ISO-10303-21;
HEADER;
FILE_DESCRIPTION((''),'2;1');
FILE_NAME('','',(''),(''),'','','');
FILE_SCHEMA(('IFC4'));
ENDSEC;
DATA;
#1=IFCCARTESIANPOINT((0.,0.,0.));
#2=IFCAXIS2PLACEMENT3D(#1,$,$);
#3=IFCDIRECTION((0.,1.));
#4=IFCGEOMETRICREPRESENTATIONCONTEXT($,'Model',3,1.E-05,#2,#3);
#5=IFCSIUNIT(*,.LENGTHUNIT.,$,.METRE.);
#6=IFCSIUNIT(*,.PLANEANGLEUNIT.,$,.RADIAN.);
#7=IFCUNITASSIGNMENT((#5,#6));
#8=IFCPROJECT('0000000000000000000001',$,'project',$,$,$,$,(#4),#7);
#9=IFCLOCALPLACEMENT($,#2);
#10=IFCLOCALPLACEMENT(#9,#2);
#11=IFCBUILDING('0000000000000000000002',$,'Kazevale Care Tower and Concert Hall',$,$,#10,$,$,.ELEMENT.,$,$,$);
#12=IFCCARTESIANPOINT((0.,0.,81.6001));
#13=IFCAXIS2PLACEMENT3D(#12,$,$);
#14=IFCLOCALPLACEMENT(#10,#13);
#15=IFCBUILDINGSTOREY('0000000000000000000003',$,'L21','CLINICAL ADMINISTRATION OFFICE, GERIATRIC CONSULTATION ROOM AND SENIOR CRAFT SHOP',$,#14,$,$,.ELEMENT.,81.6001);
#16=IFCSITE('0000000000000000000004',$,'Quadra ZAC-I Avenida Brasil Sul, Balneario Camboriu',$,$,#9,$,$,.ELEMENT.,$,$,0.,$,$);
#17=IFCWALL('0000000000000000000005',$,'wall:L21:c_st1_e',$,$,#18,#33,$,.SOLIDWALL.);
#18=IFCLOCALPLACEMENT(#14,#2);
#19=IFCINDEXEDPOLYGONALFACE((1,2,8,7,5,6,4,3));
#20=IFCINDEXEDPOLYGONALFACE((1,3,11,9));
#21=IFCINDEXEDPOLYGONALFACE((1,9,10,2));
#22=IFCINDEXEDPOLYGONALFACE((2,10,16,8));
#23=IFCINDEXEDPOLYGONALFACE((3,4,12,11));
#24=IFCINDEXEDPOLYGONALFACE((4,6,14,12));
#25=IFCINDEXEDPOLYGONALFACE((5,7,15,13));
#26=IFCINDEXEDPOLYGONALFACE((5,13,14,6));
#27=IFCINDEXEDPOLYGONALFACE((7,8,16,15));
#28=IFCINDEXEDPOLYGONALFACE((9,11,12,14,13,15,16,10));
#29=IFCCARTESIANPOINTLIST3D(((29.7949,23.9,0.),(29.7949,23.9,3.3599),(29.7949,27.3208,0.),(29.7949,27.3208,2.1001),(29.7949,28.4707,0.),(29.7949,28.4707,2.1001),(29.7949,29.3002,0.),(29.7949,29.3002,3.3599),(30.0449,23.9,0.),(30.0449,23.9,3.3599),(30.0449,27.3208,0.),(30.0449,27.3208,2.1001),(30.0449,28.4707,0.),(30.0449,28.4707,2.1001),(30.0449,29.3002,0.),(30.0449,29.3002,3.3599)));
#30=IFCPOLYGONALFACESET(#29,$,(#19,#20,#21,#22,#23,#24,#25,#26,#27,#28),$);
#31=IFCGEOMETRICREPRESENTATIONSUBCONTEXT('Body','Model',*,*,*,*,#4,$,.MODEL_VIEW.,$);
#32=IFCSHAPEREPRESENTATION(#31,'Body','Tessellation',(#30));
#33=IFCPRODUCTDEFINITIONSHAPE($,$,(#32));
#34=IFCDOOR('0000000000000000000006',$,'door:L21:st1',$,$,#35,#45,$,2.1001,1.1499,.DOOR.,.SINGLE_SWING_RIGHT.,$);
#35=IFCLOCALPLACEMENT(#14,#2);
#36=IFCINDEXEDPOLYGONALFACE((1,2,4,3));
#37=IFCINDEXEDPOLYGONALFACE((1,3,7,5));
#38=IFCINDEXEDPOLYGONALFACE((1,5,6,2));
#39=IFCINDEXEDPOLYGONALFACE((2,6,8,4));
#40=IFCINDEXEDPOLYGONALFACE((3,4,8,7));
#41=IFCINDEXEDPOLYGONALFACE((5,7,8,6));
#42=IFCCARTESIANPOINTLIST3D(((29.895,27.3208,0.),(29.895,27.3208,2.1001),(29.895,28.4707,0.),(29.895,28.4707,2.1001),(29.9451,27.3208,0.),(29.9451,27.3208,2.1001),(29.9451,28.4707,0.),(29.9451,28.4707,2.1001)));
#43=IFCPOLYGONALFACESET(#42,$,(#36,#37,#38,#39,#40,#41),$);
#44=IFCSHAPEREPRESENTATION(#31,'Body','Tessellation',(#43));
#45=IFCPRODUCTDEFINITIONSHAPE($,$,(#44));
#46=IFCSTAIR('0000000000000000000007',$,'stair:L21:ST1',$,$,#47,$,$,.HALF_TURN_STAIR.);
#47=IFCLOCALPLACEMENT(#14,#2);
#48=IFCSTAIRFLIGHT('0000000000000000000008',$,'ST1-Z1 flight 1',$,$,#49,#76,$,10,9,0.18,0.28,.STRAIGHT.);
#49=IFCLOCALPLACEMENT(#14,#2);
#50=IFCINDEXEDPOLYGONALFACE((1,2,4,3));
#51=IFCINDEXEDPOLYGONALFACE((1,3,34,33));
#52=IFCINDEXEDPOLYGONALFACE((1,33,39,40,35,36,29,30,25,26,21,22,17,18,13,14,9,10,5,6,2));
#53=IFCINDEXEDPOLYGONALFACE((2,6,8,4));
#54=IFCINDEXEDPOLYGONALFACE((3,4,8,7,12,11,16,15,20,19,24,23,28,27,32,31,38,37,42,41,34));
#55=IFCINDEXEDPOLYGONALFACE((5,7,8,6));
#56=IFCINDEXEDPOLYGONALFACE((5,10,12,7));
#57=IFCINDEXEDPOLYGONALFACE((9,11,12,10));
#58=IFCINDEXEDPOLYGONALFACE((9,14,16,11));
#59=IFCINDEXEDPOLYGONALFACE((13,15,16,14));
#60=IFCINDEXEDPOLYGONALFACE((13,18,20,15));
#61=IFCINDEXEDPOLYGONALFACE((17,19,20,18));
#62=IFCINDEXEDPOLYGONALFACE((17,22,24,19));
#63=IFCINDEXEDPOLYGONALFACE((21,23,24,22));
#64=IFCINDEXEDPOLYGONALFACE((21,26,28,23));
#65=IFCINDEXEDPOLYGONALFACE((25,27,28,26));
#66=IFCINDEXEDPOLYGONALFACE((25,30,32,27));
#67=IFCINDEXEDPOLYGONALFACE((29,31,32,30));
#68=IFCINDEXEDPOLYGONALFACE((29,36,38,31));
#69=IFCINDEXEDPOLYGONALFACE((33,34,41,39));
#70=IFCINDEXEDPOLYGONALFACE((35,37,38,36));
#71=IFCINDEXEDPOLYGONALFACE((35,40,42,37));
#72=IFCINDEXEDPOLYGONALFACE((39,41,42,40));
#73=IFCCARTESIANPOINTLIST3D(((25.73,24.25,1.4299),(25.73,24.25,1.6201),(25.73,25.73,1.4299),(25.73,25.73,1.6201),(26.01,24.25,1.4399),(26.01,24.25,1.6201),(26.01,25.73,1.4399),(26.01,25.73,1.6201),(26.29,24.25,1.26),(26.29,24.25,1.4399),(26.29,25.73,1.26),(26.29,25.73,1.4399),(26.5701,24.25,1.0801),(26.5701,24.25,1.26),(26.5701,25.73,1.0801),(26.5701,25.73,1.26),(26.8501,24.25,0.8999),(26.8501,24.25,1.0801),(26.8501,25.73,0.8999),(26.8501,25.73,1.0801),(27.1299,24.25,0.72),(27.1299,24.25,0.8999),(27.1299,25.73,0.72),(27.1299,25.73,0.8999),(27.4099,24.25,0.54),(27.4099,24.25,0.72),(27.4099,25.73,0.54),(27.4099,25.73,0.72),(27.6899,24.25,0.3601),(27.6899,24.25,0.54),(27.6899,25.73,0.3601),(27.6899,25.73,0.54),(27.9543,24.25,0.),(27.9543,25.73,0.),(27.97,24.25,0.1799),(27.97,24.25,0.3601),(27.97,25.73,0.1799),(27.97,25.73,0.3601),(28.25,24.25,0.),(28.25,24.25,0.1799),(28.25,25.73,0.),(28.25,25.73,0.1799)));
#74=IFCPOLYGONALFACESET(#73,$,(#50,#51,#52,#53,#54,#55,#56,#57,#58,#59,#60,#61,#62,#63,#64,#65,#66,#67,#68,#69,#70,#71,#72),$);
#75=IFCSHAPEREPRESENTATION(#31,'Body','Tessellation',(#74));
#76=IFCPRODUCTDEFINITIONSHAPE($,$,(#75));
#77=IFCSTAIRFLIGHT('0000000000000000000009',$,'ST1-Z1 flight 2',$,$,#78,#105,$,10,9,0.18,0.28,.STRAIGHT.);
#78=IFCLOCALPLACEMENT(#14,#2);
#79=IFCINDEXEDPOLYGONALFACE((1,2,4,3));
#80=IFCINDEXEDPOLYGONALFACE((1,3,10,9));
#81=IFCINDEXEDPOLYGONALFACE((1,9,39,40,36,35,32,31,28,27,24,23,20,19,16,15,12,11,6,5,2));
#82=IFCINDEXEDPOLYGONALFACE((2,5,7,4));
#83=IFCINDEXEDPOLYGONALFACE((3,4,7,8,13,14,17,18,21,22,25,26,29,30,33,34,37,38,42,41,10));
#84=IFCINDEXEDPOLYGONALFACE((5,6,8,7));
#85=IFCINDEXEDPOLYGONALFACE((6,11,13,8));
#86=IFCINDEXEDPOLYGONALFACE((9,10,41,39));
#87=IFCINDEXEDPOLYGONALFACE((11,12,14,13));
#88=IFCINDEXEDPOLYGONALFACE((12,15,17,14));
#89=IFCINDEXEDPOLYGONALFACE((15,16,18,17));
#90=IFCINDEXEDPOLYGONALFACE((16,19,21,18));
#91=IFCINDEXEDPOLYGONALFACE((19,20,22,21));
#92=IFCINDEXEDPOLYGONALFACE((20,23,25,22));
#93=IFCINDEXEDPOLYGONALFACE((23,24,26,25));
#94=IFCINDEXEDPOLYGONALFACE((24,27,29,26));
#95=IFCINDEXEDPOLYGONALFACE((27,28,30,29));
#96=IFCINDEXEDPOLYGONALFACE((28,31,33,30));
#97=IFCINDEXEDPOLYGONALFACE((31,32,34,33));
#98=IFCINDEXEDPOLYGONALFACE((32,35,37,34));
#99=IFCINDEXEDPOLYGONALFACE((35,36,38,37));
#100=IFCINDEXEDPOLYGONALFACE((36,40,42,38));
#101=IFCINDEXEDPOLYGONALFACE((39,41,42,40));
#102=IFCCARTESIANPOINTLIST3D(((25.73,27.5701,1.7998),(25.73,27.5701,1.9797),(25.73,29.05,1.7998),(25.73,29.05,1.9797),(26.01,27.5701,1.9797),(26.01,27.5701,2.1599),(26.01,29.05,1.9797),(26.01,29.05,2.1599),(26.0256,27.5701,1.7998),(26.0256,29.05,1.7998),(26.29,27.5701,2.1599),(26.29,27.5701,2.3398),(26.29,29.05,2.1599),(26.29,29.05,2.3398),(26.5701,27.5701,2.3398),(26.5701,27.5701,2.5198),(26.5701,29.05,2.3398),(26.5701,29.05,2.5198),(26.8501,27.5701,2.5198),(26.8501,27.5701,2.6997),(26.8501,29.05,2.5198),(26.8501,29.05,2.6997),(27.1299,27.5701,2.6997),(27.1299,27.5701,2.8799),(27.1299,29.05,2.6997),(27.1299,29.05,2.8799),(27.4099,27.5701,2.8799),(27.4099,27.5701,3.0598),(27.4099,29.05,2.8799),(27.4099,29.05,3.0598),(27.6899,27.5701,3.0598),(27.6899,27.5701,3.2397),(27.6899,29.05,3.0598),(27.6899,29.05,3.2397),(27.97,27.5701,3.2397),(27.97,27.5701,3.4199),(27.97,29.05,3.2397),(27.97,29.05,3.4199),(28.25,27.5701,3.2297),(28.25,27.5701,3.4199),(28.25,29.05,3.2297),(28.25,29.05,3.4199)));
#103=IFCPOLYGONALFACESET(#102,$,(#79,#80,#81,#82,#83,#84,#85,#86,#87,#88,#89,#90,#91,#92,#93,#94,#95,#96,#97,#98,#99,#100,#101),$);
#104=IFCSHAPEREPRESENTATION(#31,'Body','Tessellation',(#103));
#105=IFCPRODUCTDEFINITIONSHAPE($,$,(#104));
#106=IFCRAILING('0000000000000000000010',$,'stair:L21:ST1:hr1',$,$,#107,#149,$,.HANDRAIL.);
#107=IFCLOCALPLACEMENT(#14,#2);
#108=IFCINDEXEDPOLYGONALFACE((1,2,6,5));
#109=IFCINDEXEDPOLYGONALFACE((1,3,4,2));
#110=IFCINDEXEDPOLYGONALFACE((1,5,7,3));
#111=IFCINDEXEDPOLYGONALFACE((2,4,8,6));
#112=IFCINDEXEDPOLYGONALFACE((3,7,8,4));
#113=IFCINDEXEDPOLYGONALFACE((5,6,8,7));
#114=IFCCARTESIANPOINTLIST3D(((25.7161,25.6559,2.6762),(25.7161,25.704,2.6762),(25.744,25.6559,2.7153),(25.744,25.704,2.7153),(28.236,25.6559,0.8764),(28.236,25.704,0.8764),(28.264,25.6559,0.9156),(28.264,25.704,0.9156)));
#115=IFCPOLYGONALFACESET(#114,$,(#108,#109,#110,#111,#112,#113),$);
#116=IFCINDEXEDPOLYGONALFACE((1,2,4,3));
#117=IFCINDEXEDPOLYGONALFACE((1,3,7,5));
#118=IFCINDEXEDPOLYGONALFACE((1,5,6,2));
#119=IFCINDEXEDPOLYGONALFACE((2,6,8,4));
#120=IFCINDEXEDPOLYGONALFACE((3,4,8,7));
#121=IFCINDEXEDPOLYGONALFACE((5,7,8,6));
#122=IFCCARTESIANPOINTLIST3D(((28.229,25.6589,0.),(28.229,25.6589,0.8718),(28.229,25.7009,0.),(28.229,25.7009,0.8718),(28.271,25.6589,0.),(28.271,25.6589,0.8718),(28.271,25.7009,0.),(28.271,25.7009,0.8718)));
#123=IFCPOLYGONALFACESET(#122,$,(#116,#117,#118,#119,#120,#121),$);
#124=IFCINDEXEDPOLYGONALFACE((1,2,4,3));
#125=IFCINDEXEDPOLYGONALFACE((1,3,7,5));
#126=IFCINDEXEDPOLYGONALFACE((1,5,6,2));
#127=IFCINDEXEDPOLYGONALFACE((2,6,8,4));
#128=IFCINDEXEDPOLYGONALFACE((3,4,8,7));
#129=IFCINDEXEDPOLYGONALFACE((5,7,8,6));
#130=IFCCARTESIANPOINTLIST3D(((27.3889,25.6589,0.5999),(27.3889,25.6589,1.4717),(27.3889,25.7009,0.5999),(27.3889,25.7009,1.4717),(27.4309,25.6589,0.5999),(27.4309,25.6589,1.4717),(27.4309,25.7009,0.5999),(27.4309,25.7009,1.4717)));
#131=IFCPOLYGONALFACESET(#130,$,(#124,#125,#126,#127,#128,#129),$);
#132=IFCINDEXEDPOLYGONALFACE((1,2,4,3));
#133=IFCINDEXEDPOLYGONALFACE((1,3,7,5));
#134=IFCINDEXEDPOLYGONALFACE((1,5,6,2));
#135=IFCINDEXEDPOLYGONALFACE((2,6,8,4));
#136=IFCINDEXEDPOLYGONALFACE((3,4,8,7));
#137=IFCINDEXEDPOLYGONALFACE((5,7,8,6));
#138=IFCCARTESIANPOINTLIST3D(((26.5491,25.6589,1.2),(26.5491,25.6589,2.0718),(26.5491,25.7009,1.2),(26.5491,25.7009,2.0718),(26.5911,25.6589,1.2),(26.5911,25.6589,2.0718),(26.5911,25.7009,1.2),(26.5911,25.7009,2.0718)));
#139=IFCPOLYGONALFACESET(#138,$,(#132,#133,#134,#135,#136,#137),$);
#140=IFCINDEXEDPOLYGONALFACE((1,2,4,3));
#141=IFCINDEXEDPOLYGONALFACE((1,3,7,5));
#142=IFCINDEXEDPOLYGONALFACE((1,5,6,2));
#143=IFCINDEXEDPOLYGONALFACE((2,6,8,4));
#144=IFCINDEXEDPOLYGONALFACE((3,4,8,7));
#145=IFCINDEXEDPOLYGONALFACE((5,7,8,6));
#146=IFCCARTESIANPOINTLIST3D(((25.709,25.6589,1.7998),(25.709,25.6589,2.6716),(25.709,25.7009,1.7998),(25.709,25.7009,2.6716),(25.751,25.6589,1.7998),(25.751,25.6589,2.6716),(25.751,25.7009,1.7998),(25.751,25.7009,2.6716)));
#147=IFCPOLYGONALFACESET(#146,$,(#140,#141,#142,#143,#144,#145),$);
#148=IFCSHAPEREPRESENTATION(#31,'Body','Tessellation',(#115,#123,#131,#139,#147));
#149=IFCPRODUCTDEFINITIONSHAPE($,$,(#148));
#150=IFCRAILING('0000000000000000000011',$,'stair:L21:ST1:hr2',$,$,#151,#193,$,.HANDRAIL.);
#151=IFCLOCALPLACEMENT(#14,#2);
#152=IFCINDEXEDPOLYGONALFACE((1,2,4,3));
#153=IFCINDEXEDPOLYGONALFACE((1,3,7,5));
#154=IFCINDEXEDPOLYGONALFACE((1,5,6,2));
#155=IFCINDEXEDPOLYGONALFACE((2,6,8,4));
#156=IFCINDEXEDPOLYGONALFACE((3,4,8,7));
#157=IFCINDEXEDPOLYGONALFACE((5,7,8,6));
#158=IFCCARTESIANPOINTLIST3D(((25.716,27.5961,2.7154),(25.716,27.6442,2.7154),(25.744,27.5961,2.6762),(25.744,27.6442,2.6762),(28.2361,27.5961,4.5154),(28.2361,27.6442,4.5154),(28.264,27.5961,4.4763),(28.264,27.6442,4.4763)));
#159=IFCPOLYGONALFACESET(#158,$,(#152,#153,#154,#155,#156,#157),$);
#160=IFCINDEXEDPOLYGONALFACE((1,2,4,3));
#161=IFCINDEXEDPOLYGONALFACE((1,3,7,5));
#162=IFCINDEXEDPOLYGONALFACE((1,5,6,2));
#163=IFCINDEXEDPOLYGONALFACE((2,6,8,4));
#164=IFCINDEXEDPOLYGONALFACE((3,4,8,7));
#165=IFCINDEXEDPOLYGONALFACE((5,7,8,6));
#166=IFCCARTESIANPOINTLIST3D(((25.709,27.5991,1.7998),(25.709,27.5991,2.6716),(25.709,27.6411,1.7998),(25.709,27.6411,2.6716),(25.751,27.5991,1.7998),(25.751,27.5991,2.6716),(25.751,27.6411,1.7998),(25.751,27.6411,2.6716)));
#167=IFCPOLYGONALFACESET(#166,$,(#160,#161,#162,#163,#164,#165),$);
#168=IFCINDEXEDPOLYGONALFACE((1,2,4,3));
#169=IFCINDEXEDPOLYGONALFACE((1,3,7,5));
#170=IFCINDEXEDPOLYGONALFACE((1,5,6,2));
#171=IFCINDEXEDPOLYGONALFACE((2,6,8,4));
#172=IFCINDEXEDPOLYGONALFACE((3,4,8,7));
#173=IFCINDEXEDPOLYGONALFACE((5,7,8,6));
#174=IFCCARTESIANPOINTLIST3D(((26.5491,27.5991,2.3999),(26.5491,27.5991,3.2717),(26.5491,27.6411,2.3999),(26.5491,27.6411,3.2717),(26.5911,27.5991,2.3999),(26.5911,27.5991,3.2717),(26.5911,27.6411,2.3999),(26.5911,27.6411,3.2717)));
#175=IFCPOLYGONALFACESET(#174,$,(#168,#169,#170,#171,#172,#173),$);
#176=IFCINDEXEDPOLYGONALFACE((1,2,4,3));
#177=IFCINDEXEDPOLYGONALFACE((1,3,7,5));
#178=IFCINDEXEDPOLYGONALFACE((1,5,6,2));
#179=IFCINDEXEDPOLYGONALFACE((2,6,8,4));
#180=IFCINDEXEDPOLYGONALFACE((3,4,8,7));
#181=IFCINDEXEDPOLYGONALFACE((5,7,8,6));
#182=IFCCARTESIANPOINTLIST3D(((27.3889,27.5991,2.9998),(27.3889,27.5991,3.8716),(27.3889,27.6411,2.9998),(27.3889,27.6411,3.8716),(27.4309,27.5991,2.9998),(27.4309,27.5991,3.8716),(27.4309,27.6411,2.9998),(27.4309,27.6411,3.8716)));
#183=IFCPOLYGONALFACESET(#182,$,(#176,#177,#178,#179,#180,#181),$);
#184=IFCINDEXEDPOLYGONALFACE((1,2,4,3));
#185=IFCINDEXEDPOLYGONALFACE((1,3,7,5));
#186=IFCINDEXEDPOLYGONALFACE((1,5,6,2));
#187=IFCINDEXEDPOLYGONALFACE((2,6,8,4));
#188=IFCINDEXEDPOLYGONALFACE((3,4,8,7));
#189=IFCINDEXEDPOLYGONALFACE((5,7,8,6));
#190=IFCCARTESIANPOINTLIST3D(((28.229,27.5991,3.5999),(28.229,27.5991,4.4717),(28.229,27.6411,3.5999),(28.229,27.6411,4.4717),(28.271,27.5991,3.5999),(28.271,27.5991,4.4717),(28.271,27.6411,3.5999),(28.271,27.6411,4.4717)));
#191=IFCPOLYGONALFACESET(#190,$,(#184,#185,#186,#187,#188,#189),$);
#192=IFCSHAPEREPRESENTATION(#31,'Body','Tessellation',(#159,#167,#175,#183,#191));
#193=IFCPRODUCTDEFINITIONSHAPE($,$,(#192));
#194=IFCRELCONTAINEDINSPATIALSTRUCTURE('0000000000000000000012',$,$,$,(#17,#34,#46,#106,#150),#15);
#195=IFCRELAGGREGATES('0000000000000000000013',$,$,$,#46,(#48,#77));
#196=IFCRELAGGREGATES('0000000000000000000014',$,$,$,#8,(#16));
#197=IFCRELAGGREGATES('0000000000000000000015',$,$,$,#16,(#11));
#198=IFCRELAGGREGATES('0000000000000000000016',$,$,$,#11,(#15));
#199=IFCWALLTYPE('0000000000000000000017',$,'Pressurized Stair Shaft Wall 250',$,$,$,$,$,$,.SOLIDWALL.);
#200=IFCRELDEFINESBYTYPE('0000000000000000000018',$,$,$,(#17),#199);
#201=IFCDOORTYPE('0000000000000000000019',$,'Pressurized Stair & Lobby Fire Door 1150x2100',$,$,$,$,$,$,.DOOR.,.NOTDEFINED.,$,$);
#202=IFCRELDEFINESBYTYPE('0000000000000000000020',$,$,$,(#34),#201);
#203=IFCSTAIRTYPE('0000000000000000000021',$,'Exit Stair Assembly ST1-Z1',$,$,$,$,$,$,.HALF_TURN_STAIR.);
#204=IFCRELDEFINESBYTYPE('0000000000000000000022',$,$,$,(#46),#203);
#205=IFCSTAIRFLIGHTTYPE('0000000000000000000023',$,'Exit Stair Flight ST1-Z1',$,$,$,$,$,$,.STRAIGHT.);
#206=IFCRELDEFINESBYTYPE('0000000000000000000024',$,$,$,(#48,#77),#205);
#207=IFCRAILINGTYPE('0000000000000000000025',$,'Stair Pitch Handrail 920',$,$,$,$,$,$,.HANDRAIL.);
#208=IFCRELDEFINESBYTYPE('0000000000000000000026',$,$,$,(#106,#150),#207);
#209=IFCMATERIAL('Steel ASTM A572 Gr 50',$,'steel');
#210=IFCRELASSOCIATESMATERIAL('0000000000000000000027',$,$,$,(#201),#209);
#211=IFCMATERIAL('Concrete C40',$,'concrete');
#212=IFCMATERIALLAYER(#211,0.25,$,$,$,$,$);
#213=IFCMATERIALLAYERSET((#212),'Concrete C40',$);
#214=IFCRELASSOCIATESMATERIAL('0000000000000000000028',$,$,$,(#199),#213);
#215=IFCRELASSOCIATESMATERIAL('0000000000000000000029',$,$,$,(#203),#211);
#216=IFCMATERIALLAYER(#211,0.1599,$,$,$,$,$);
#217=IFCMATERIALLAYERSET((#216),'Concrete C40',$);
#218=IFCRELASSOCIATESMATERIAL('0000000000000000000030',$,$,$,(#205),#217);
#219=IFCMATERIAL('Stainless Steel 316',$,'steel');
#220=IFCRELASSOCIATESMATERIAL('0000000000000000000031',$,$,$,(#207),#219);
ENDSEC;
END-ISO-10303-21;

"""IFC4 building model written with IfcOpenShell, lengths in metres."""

from ifc_helpers import new_model, si_unit, direction, frame, frame_2d, origin, origin_2d, place, context, subcontext, project, spatial, polyline, rectangle, outline, extrude, material, layer, layer_set, type_object, element, fill, aggregate, save


model = new_model("IFC4")

# Units and contexts
model_context = context("Model", 3, precision=1e-05, world=origin(), true_north=direction((0.0, 1.0)))
body_context = subcontext(model_context, "Body", "Model", "MODEL_VIEW")
ifc_project = project(units=[si_unit("LENGTHUNIT", "METRE"), si_unit("PLANEANGLEUNIT", "RADIAN")], contexts=[model_context])

# Site, building, storey
site_placement = place(None, origin())
site = spatial("IfcSite", under=ifc_project, at=site_placement, Name="Quadra ZAC-I Avenida Brasil Sul, Balneario Camboriu", CompositionType="ELEMENT", RefElevation=0.0)
building_placement = place(site_placement, origin())
building = spatial("IfcBuilding", under=site, at=building_placement, Name="Kazevale Care Tower and Concert Hall", CompositionType="ELEMENT")
storey_placement = place(building_placement, frame((0.0, 0.0, 81.6001)))
storey = spatial("IfcBuildingStorey", under=building, at=storey_placement, Name="L21", Description="CLINICAL ADMINISTRATION OFFICE, GERIATRIC CONSULTATION ROOM AND SENIOR CRAFT SHOP", CompositionType="ELEMENT", Elevation=81.6001)

# Shared definitions
ifc_material_1 = material(Name="Steel ASTM A572 Gr 50", Category="steel")
door_type_1 = type_object("IfcDoorType", Name="Pressurized Stair & Lobby Fire Door 1150x2100", OperationType="NOTDEFINED", PredefinedType="DOOR", material=ifc_material_1)

# Shared definitions
ifc_material_2 = material(Name="Concrete C40", Category="concrete")
ifc_material_3 = material(Name="Stainless Steel 316", Category="steel")

# Wall, opening, door
ifc_layer_1 = layer(ifc_material_2, 0.25)
ifc_layer_set_1 = layer_set([ifc_layer_1], Name="Concrete C40")
wall_type_1 = type_object("IfcWallType", Name="Pressurized Stair Shaft Wall 250", PredefinedType="SOLIDWALL", material=ifc_layer_set_1)
wall_1_placement = place(storey_placement, frame((29.9199, 23.8999, 0.0), z_axis=(0.0, 0.0, 1.0), x_axis=(0.0, 1.0, 0.0)))
wall_1 = element("IfcWall", 1, at=wall_1_placement, inside=storey, type_object=wall_type_1, Name="wall:L21:c_st1_e", PredefinedType="SOLIDWALL", context=body_context, shape_type="SweptSolid", body=[
    extrude(rectangle(XDim=5.4001, YDim=0.25, at=frame_2d((2.7002, 0.0))), origin(), (0.0, 0.0, 1.0), 3.3599),
])
opening_1_placement = place(wall_1_placement, frame((3.4209, 0.0, 0.0)))
opening_1 = element("IfcOpeningElement", 2, at=opening_1_placement, cuts=wall_1, PredefinedType="OPENING", context=body_context, shape_type="SweptSolid", body=[
    extrude(rectangle(XDim=1.1499, YDim=2.1001, at=frame_2d((0.575, 1.05))), frame((0.0, 0.135, 0.0), z_axis=(0.0, -1.0, 0.0), x_axis=(1.0, 0.0, 0.0)), (0.0, 0.0, 1.0), 0.27),
])
door_1_placement = place(opening_1_placement, origin())
door_1 = element("IfcDoor", 3, at=door_1_placement, inside=storey, type_object=door_type_1, Name="door:L21:st1", OperationType="SINGLE_SWING_RIGHT", OverallHeight=2.1001, OverallWidth=1.1499, PredefinedType="DOOR", context=body_context, shape_type="SweptSolid", body=[
    extrude(rectangle(XDim=1.1499, YDim=2.1001, at=frame_2d((0.575, 1.05))), frame((0.0, 0.0249, 0.0), z_axis=(0.0, -1.0, 0.0), x_axis=(1.0, 0.0, 0.0)), (0.0, 0.0, 1.0), 0.05),
])
fill(opening_1, door_1)

# Stair, stair flights
stair_type = type_object("IfcStairType", Name="Exit Stair Assembly ST1-Z1", PredefinedType="HALF_TURN_STAIR", material=ifc_material_2)
stair_placement = place(storey_placement, origin())
stair = element("IfcStair", 4, at=stair_placement, inside=storey, type_object=stair_type, Name="stair:L21:ST1", PredefinedType="HALF_TURN_STAIR")
ifc_layer_2 = layer(ifc_material_2, 0.1599)
ifc_layer_set_2 = layer_set([ifc_layer_2], Name="Concrete C40")
stair_flight_type = type_object("IfcStairFlightType", Name="Exit Stair Flight ST1-Z1", PredefinedType="STRAIGHT", material=ifc_layer_set_2)
stair_flight_1_placement = place(storey_placement, frame((28.25, 24.99, 0.0), z_axis=(0.0, 0.0, 1.0), x_axis=(-1.0, 0.0, 0.0)))
stair_flight_1 = element("IfcStairFlight", 5, at=stair_flight_1_placement, type_object=stair_flight_type, Name="ST1-Z1 flight 1", NumberOfRisers=10, NumberOfTreads=9, PredefinedType="STRAIGHT", RiserHeight=0.18, TreadLength=0.28, context=body_context, shape_type="SweptSolid", body=[
    extrude(outline(polyline([(0.0, 0.0), (0.0, 0.1799), (0.28, 0.1799), (0.28, 0.3601), (0.5601, 0.3601), (0.5601, 0.54), (0.8401, 0.54), (0.8401, 0.72), (1.1201, 0.72), (1.1201, 0.8999), (1.3999, 0.8999), (1.3999, 1.0801), (1.6799, 1.0801), (1.6799, 1.26), (1.96, 1.26), (1.96, 1.4399), (2.24, 1.4399), (2.24, 1.6201), (2.52, 1.6201), (2.52, 1.8), (2.52, 1.4299), (0.2957, 0.0), (0.0, 0.0)])), frame((0.0, 0.74, 0.0), z_axis=(0.0, -1.0, 0.0), x_axis=(1.0, 0.0, 0.0)), (0.0, 0.0, 1.0), 1.48),
])
stair_flight_2_placement = place(storey_placement, frame((25.73, 28.3101, 1.7998), z_axis=(0.0, 0.0, 1.0), x_axis=(1.0, 0.0, 0.0)))
stair_flight_2 = element("IfcStairFlight", 6, at=stair_flight_2_placement, type_object=stair_flight_type, Name="ST1-Z1 flight 2", NumberOfRisers=10, NumberOfTreads=9, PredefinedType="STRAIGHT", RiserHeight=0.18, TreadLength=0.28, context=body_context, shape_type="SweptSolid", body=[
    extrude(outline(polyline([(0.0, 0.0), (0.0, 0.1799), (0.28, 0.1799), (0.28, 0.3601), (0.5601, 0.3601), (0.5601, 0.54), (0.8401, 0.54), (0.8401, 0.72), (1.1201, 0.72), (1.1201, 0.8999), (1.3999, 0.8999), (1.3999, 1.0801), (1.6799, 1.0801), (1.6799, 1.26), (1.96, 1.26), (1.96, 1.4399), (2.24, 1.4399), (2.24, 1.6201), (2.52, 1.6201), (2.52, 1.8), (2.52, 1.4299), (0.2957, 0.0), (0.0, 0.0)])), frame((0.0, 0.74, 0.0), z_axis=(0.0, -1.0, 0.0), x_axis=(1.0, 0.0, 0.0)), (0.0, 0.0, 1.0), 1.48),
])
aggregate(stair, [stair_flight_1, stair_flight_2])

# Railings
railing_type_1 = type_object("IfcRailingType", Name="Stair Pitch Handrail 920", PredefinedType="HANDRAIL", material=ifc_material_3)
railing_1_placement = place(storey_placement, frame((28.25, 25.6799, 0.0)))
element("IfcRailing", 7, at=railing_1_placement, inside=storey, type_object=railing_type_1, Name="stair:L21:ST1:hr1", PredefinedType="HANDRAIL", context=body_context, shape_type="SweptSolid", body=[
    extrude(rectangle(XDim=0.0481, YDim=0.0481, at=origin_2d()), frame((0.0, 0.0, 0.896), z_axis=(-0.813765, 0.0, 0.581193), x_axis=(0.0, -1.0, 0.0)), (0.0, 0.0, 1.0), 3.0967),
    extrude(rectangle(XDim=0.042, YDim=0.042, at=origin_2d()), origin(), (0.0, 0.0, 1.0), 0.8718),
    extrude(rectangle(XDim=0.042, YDim=0.042, at=origin_2d()), frame((-0.8401, 0.0, 0.5999)), (0.0, 0.0, 1.0), 0.8718),
    extrude(rectangle(XDim=0.042, YDim=0.042, at=origin_2d()), frame((-1.6799, 0.0, 1.2)), (0.0, 0.0, 1.0), 0.8718),
    extrude(rectangle(XDim=0.042, YDim=0.042, at=origin_2d()), frame((-2.52, 0.0, 1.7998)), (0.0, 0.0, 1.0), 0.8718),
])
railing_2_placement = place(storey_placement, frame((25.73, 27.6201, 1.7998)))
element("IfcRailing", 8, at=railing_2_placement, inside=storey, type_object=railing_type_1, Name="stair:L21:ST1:hr2", PredefinedType="HANDRAIL", context=body_context, shape_type="SweptSolid", body=[
    extrude(rectangle(XDim=0.0481, YDim=0.0481, at=origin_2d()), frame((0.0, 0.0, 0.896), z_axis=(0.813728, 0.0, 0.581246), x_axis=(0.0, 1.0, 0.0)), (0.0, 0.0, 1.0), 3.0969),
    extrude(rectangle(XDim=0.042, YDim=0.042, at=origin_2d()), origin(), (0.0, 0.0, 1.0), 0.8718),
    extrude(rectangle(XDim=0.042, YDim=0.042, at=origin_2d()), frame((0.8401, 0.0, 0.6001)), (0.0, 0.0, 1.0), 0.8718),
    extrude(rectangle(XDim=0.042, YDim=0.042, at=origin_2d()), frame((1.6799, 0.0, 1.2)), (0.0, 0.0, 1.0), 0.8718),
    extrude(rectangle(XDim=0.042, YDim=0.042, at=origin_2d()), frame((2.52, 0.0, 1.8)), (0.0, 0.0, 1.0), 0.8718),
])

save(model, "model.ifc")
